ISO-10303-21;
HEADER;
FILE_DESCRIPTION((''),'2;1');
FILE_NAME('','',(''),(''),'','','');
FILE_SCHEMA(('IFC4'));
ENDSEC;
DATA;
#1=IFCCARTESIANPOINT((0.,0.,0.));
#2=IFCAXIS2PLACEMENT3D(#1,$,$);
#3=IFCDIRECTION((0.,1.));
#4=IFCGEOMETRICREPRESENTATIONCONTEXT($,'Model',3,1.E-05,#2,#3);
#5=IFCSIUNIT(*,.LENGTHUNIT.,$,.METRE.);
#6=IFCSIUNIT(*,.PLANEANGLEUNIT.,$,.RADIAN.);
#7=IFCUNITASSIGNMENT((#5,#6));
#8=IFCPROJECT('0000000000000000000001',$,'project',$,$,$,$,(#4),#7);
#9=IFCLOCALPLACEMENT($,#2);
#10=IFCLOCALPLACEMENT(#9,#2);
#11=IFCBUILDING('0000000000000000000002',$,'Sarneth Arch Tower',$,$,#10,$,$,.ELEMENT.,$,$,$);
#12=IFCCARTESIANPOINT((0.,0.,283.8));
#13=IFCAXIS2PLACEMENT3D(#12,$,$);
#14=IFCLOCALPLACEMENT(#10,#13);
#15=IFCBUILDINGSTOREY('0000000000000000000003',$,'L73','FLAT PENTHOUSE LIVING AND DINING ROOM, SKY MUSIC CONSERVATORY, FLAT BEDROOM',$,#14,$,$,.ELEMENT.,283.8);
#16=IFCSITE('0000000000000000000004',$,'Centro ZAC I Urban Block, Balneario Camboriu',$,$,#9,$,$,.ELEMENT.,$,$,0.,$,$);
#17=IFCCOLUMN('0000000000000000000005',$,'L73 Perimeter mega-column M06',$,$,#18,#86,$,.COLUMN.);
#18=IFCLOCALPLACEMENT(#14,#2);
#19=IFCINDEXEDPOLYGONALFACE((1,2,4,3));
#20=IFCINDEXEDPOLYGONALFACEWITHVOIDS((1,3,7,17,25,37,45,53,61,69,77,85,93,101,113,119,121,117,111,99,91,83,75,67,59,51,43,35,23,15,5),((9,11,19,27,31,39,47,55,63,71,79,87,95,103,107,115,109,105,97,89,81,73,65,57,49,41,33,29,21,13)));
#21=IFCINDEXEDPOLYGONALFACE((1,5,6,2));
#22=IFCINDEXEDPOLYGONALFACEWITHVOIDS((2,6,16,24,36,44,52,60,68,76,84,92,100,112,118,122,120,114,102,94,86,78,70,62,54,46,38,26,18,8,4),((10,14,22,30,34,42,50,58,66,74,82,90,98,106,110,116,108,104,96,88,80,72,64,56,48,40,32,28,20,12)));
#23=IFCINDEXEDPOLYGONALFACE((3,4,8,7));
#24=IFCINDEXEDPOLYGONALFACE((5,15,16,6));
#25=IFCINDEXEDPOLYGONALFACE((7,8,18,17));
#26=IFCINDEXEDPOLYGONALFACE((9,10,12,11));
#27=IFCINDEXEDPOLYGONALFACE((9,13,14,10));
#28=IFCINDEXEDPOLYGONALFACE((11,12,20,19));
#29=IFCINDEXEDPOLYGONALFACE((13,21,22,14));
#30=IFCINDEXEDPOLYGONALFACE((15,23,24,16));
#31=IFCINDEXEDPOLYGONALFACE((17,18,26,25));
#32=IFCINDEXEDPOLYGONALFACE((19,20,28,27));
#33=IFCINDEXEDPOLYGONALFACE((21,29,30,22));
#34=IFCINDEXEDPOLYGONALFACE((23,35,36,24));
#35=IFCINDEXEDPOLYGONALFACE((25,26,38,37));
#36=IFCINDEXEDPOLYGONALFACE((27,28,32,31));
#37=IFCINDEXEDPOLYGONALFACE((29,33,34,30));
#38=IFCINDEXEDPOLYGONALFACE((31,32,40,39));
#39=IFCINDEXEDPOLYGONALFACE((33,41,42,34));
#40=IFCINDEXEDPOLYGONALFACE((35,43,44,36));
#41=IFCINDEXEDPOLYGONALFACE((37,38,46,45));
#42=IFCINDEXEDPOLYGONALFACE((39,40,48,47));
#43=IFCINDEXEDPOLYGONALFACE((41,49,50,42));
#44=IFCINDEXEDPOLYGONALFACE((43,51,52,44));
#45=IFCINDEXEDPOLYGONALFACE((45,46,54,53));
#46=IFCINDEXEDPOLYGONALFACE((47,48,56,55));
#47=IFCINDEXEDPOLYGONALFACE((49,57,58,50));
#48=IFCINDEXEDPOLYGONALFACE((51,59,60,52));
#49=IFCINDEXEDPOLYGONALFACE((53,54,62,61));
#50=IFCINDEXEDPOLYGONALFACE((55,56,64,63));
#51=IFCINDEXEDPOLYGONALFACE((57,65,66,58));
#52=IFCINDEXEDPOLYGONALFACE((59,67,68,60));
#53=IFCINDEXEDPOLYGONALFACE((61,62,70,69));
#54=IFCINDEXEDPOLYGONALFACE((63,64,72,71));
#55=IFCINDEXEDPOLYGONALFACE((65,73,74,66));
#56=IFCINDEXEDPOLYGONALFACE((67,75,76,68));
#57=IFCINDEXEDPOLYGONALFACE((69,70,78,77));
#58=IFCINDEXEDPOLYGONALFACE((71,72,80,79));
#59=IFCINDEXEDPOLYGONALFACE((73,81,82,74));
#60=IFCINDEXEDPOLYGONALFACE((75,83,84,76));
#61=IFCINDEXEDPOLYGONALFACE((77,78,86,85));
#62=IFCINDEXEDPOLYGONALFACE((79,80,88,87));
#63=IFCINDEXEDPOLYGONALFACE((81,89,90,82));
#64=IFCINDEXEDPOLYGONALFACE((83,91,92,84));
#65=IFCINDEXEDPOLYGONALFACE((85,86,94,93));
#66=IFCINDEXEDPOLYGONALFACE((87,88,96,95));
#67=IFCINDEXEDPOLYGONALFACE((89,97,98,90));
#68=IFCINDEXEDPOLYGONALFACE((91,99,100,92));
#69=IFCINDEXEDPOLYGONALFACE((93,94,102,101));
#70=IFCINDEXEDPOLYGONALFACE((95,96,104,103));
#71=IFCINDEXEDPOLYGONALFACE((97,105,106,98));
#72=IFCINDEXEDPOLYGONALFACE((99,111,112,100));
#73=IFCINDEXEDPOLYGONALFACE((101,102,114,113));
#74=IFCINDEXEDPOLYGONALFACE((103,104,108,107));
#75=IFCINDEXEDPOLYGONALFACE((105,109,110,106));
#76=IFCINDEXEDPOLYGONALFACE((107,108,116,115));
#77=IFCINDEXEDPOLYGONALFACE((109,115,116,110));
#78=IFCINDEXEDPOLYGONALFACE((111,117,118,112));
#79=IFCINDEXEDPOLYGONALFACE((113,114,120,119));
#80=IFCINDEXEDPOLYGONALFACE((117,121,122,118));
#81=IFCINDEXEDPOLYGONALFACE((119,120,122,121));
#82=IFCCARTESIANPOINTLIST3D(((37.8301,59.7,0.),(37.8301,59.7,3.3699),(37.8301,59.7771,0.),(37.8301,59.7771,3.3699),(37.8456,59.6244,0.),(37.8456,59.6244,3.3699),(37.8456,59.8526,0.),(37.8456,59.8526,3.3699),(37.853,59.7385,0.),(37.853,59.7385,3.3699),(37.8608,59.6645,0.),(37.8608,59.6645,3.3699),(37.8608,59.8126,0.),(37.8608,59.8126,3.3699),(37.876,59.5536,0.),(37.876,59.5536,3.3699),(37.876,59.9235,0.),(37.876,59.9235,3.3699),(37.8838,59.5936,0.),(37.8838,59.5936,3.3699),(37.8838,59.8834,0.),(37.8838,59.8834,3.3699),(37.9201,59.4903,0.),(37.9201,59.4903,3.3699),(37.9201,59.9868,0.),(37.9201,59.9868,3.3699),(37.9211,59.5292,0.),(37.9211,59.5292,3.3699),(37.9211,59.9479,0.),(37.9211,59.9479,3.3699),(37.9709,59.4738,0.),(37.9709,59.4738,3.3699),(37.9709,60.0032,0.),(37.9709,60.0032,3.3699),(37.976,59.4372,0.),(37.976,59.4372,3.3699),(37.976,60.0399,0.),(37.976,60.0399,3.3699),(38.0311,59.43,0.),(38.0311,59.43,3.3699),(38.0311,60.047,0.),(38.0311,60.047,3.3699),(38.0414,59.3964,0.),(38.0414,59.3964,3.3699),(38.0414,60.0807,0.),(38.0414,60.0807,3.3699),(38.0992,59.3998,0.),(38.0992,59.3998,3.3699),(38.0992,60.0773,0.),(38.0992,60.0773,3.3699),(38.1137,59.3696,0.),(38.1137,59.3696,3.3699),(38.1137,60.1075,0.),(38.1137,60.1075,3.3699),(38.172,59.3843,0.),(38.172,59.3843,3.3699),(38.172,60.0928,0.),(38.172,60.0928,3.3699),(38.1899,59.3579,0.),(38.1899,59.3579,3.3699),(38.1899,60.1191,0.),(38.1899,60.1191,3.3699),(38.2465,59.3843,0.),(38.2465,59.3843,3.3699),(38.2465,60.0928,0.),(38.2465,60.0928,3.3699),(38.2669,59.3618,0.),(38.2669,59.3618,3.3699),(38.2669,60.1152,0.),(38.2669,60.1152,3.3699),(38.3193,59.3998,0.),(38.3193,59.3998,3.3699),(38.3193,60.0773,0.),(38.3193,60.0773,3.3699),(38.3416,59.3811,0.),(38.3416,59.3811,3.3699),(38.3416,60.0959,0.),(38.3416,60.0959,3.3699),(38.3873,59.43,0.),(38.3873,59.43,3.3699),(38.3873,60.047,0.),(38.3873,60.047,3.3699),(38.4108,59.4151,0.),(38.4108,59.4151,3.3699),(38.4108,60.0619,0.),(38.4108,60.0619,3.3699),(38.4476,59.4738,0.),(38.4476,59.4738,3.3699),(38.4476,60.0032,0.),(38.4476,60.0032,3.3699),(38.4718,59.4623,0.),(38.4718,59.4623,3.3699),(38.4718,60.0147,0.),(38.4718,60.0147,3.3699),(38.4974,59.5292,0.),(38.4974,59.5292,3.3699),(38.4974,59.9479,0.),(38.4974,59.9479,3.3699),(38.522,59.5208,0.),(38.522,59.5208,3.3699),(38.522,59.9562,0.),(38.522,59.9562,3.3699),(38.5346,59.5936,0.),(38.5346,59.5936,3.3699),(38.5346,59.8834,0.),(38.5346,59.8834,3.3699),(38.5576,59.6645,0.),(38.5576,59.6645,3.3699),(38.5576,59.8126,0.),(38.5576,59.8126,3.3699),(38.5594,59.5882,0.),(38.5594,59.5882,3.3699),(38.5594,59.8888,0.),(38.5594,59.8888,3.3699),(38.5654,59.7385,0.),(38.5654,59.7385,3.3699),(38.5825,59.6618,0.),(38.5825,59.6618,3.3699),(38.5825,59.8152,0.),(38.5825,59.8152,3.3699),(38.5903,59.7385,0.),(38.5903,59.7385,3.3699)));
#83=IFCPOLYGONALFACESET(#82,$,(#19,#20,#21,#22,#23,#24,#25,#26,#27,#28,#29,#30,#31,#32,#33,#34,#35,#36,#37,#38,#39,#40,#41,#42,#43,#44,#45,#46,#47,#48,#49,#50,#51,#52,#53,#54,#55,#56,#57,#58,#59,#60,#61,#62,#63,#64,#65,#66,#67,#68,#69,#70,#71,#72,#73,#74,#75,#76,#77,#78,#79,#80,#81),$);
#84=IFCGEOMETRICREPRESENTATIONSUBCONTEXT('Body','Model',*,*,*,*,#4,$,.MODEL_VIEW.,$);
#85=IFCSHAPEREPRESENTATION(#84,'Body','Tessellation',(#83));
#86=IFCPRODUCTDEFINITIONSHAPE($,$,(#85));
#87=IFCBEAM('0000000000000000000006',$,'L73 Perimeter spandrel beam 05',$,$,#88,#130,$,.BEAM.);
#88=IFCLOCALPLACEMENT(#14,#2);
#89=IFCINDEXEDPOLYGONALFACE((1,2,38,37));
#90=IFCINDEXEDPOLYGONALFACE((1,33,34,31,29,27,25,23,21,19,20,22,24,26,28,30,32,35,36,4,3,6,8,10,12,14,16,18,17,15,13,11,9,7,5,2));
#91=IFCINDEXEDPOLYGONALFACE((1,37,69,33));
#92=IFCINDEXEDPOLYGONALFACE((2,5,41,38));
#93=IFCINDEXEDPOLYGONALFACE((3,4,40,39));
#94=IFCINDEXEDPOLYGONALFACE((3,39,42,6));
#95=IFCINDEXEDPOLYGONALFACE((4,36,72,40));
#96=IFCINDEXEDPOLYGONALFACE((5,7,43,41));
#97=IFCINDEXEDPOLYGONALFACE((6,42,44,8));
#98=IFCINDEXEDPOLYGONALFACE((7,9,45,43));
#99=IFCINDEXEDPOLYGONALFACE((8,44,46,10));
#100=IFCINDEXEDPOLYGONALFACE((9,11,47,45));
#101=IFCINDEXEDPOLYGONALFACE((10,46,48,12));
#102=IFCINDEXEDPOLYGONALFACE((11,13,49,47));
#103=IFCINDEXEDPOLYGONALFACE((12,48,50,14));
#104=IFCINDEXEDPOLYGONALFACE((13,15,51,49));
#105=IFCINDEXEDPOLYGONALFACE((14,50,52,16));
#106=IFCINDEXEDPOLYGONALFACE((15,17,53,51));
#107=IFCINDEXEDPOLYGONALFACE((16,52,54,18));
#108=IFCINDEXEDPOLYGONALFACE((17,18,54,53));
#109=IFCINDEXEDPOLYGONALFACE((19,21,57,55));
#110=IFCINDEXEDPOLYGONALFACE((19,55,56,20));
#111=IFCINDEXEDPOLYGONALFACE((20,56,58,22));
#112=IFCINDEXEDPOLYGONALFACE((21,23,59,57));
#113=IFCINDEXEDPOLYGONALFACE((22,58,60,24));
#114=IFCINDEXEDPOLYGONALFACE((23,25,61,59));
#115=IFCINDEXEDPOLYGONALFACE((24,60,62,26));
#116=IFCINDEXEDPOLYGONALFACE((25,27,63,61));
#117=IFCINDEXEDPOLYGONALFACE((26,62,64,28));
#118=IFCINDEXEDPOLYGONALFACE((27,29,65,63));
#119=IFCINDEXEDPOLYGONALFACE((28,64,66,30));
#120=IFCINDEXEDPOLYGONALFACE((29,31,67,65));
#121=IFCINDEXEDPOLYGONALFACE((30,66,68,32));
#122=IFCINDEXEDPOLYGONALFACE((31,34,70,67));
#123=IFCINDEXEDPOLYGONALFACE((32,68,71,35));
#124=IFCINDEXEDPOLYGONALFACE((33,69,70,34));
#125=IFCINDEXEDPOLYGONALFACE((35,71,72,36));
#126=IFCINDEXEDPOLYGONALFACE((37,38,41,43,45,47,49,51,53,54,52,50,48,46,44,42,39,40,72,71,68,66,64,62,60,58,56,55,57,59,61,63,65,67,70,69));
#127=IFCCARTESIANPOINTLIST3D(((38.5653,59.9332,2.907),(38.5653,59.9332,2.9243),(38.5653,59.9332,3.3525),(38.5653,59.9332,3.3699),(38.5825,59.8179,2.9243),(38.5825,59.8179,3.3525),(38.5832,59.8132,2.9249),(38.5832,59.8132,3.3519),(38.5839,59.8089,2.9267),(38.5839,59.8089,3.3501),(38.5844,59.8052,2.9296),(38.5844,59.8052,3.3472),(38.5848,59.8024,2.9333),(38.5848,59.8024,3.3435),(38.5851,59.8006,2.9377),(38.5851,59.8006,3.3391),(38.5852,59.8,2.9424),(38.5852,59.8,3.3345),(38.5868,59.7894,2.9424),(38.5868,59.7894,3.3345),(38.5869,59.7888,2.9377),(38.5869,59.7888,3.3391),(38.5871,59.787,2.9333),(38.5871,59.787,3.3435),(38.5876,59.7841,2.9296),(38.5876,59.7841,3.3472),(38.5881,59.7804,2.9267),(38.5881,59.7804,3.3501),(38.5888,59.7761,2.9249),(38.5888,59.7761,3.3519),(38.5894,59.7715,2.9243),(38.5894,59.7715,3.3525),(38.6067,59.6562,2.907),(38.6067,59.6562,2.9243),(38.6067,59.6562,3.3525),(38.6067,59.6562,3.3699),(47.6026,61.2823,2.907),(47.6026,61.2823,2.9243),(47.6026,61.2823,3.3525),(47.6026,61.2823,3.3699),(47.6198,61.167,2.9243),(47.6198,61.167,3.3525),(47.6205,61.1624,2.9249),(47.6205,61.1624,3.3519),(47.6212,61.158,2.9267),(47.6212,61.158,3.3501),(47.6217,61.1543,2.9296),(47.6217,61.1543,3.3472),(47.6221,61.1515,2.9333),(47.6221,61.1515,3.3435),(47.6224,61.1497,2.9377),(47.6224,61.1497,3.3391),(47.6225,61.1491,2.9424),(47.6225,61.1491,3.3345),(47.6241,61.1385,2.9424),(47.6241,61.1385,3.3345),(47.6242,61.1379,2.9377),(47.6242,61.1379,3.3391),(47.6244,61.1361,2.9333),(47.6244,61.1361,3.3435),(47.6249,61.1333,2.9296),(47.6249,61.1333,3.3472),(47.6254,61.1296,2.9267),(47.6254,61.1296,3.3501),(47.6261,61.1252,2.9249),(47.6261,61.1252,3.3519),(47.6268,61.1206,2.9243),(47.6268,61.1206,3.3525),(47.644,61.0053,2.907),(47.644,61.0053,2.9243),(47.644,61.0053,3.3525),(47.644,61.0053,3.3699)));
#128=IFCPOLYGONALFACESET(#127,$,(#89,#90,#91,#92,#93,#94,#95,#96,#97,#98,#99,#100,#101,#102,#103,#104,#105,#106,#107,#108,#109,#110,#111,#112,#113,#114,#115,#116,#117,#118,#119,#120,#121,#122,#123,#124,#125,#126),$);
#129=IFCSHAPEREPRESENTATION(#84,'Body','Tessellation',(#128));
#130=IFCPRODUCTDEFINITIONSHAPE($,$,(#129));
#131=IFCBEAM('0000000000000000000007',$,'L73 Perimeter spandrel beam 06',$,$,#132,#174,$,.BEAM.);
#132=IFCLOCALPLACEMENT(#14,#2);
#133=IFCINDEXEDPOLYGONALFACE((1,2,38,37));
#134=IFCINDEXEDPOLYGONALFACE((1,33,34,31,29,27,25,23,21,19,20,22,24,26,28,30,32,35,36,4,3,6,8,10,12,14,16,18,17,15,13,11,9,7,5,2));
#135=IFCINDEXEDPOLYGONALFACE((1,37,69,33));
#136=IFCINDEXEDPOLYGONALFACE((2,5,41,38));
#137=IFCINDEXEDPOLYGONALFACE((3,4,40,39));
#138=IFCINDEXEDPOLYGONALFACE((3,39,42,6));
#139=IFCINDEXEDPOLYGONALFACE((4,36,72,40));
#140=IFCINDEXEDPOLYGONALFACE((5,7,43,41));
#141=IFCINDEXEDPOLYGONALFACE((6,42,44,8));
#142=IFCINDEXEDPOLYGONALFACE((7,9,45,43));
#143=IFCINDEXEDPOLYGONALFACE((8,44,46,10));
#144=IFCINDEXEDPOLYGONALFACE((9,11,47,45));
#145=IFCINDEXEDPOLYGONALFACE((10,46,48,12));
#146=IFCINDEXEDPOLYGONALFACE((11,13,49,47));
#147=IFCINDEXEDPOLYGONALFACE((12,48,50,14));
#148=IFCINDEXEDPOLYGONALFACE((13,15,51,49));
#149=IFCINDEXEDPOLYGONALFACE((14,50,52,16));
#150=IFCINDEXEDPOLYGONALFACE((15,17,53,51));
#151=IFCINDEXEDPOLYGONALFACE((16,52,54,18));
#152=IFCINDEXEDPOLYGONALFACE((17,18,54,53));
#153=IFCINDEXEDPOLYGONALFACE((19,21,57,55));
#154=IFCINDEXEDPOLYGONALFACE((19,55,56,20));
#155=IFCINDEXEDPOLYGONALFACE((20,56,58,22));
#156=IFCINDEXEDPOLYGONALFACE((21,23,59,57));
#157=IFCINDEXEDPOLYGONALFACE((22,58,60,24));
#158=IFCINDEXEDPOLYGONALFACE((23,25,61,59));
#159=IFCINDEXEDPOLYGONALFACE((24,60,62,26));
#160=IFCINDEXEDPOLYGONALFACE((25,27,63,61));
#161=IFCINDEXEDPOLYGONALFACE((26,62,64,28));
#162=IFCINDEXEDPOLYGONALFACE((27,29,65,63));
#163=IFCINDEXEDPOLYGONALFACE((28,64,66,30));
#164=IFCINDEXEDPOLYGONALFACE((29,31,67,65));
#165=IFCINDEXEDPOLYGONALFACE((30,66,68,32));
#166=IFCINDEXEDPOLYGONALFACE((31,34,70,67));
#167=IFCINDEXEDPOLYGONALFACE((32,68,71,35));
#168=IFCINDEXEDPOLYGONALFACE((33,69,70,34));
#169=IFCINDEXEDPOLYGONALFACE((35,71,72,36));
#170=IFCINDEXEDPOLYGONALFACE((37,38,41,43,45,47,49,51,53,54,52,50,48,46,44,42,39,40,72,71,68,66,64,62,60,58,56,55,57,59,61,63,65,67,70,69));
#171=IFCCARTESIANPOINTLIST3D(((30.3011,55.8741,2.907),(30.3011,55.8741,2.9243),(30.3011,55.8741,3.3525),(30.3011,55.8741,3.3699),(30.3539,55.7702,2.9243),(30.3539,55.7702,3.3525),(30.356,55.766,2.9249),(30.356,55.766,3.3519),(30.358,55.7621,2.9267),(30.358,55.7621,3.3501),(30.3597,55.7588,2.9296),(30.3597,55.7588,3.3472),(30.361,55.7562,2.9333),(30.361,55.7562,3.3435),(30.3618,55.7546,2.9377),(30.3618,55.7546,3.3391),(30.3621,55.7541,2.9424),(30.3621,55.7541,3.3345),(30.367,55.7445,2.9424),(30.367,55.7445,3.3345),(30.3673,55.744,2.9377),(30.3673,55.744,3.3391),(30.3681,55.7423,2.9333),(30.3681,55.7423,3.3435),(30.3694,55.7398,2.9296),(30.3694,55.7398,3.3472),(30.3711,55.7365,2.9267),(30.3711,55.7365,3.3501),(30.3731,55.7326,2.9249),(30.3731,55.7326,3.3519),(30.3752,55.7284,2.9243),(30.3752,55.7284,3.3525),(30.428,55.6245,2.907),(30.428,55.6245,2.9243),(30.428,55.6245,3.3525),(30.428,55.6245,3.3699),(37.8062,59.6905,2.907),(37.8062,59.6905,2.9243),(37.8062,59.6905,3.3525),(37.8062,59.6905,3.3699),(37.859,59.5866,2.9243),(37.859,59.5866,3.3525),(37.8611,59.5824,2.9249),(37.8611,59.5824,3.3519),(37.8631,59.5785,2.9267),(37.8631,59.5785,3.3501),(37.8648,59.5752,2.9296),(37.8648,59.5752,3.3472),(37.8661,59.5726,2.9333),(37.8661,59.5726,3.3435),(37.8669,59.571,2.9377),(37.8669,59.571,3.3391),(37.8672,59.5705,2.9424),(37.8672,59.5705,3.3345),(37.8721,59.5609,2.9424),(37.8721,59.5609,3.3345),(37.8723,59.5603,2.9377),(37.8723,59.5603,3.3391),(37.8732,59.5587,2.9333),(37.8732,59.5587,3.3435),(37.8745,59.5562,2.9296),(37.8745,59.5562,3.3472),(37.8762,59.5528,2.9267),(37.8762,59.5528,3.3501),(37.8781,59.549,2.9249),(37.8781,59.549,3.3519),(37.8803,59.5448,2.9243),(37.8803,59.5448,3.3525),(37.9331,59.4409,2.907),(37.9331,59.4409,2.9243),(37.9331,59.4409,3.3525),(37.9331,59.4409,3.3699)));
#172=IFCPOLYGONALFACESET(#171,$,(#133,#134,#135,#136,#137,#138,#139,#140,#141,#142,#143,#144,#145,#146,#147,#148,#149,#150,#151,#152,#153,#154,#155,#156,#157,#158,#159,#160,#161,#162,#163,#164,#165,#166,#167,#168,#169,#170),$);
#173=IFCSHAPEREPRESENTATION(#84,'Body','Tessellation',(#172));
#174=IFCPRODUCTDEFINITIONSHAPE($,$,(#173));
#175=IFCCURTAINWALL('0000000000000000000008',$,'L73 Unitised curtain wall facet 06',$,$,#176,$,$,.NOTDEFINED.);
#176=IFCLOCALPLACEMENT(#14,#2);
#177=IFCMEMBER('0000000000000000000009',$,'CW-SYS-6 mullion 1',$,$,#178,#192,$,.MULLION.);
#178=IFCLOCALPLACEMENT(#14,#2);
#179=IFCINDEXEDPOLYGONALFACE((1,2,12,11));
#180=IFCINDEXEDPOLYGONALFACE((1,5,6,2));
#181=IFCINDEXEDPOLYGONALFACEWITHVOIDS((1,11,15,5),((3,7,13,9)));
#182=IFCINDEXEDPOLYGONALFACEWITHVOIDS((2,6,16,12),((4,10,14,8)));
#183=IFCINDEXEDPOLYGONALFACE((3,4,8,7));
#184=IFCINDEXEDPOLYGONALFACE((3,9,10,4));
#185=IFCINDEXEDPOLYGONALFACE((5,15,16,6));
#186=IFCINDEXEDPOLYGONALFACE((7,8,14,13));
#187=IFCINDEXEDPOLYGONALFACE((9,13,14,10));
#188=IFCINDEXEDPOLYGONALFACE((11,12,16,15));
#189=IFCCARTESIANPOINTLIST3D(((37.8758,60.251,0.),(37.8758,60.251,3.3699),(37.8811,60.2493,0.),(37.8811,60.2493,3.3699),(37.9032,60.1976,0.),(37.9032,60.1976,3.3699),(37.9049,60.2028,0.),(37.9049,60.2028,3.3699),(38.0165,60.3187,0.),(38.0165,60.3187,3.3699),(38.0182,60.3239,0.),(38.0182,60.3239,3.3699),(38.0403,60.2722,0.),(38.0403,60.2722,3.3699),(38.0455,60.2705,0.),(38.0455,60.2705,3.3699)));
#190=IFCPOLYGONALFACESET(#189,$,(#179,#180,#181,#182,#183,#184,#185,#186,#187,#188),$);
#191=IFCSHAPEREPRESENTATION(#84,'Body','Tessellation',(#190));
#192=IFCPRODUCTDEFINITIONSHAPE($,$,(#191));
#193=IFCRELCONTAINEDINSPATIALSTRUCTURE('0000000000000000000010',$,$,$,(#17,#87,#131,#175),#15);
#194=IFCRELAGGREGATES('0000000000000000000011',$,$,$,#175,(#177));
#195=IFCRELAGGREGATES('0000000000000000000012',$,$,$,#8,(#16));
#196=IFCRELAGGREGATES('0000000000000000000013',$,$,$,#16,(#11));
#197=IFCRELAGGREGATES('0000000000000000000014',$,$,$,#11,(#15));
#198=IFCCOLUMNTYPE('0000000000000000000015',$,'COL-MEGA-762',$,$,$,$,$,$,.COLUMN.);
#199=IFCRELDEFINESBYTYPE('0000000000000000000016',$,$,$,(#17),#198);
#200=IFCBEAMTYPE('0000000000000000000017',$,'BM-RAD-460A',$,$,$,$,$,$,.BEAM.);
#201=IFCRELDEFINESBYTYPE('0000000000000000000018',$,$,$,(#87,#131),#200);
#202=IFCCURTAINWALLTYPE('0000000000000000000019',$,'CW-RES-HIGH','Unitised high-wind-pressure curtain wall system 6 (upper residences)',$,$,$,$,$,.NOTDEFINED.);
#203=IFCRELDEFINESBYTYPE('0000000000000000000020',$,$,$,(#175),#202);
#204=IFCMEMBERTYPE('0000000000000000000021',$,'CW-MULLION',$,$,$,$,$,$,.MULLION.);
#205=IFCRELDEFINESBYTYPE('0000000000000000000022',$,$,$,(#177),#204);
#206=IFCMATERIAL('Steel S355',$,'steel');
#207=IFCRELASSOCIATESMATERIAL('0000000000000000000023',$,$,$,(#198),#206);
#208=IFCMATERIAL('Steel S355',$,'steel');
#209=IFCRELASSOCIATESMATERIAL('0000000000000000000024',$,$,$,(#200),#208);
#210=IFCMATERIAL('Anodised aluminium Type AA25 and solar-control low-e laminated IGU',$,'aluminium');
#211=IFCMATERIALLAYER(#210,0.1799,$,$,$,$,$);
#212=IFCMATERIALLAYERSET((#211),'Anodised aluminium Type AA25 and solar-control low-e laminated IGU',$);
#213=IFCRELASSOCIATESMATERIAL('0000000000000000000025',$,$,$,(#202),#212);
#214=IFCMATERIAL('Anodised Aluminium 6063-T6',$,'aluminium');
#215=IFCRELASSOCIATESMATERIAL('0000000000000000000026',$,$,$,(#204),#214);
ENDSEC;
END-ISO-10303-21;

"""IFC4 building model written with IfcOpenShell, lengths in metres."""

from ifc_helpers import new_model, si_unit, direction, frame, origin, origin_2d, place, context, subcontext, project, spatial, hollow_rectangle, hollow_circle, i_section, extrude, material, layer, layer_set, material_profile, profile_set, type_object, element, aggregate, save


model = new_model("IFC4")

# Units and contexts
model_context = context("Model", 3, precision=1e-05, world=origin(), true_north=direction((0.0, 1.0)))
body_context = subcontext(model_context, "Body", "Model", "MODEL_VIEW")
ifc_project = project(units=[si_unit("LENGTHUNIT", "METRE"), si_unit("PLANEANGLEUNIT", "RADIAN")], contexts=[model_context])

# Site, building, storey
site_placement = place(None, origin())
site = spatial("IfcSite", under=ifc_project, at=site_placement, Name="Centro ZAC I Urban Block, Balneario Camboriu", CompositionType="ELEMENT", RefElevation=0.0)
building_placement = place(site_placement, origin())
building = spatial("IfcBuilding", under=site, at=building_placement, Name="Sarneth Arch Tower", CompositionType="ELEMENT")
storey_placement = place(building_placement, frame((0.0, 0.0, 283.8)))
storey = spatial("IfcBuildingStorey", under=building, at=storey_placement, Name="L73", Description="FLAT PENTHOUSE LIVING AND DINING ROOM, SKY MUSIC CONSERVATORY, FLAT BEDROOM", CompositionType="ELEMENT", Elevation=283.8)

# Column
ifc_material_1 = material(Name="Steel S355", Category="steel")
ifc_material_profile_1 = material_profile(ifc_material_1, hollow_circle(Radius=0.3811, WallThickness=0.0249, at=origin_2d()), Name="CHS762x25")
ifc_profile_set_1 = profile_set([ifc_material_profile_1], Name="Steel S355")
column_type = type_object("IfcColumnType", Name="COL-MEGA-762", PredefinedType="COLUMN", material=ifc_profile_set_1)
column_placement = place(storey_placement, frame((38.2092, 59.7385, 0.0), z_axis=(0.0, 0.0, 1.0), x_axis=(1.0, 0.0, 0.0)))
element("IfcColumn", 1, at=column_placement, inside=storey, type_object=column_type, Name="L73 Perimeter mega-column M06", PredefinedType="COLUMN", context=body_context, shape_type="SweptSolid", body=[
    extrude(hollow_circle(Radius=0.3811, WallThickness=0.0249, at=origin_2d()), origin(), (0.0, 0.0, 1.0), 3.3699),
])

# Beams
ifc_material_2 = material(Name="Steel S355", Category="steel")
ifc_material_profile_2 = material_profile(ifc_material_2, i_section(OverallWidth=0.28, OverallDepth=0.4629, WebThickness=0.0107, FlangeThickness=0.0173, FilletRadius=0.0181, at=origin_2d()), Name="W460x113")
ifc_profile_set_2 = profile_set([ifc_material_profile_2], Name="Steel S355")
beam_type = type_object("IfcBeamType", Name="BM-RAD-460A", PredefinedType="BEAM", material=ifc_profile_set_2)
beam_1_placement = place(storey_placement, frame((47.6233, 61.1438, 3.1384), z_axis=(-0.98904, -0.147647, 0.0), x_axis=(0.147647, -0.98904, 0.0)))
element("IfcBeam", 2, at=beam_1_placement, inside=storey, type_object=beam_type, Name="L73 Perimeter spandrel beam 05", PredefinedType="BEAM", context=body_context, shape_type="SweptSolid", body=[
    extrude(i_section(OverallWidth=0.28, OverallDepth=0.4629, WebThickness=0.0107, FlangeThickness=0.0173, FilletRadius=0.0181, at=origin_2d()), origin(), (0.0, 0.0, 1.0), 9.1375),
])
beam_2_placement = place(storey_placement, frame((37.8696, 59.5657, 3.1384), z_axis=(-0.891374, -0.453269, 0.0), x_axis=(0.453269, -0.891374, 0.0)))
element("IfcBeam", 3, at=beam_2_placement, inside=storey, type_object=beam_type, Name="L73 Perimeter spandrel beam 06", PredefinedType="BEAM", context=body_context, shape_type="SweptSolid", body=[
    extrude(i_section(OverallWidth=0.28, OverallDepth=0.4629, WebThickness=0.0107, FlangeThickness=0.0173, FilletRadius=0.0181, at=origin_2d()), origin(), (0.0, 0.0, 1.0), 8.4197),
])

# Curtain wall, member
ifc_material_3 = material(Name="Anodised aluminium Type AA25 and solar-control low-e laminated IGU", Category="aluminium")
ifc_layer_1 = layer(ifc_material_3, 0.1799)
ifc_layer_set_1 = layer_set([ifc_layer_1], Name="Anodised aluminium Type AA25 and solar-control low-e laminated IGU")
curtain_wall_type = type_object("IfcCurtainWallType", Name="CW-RES-HIGH", Description="Unitised high-wind-pressure curtain wall system 6 (upper residences)", PredefinedType="NOTDEFINED", material=ifc_layer_set_1)
curtain_wall_placement = place(storey_placement, origin())
curtain_wall = element("IfcCurtainWall", 4, at=curtain_wall_placement, inside=storey, type_object=curtain_wall_type, Name="L73 Unitised curtain wall facet 06", PredefinedType="NOTDEFINED")
ifc_material_4 = material(Name="Anodised Aluminium 6063-T6", Category="aluminium")
ifc_material_profile_3 = material_profile(ifc_material_4, hollow_rectangle(XDim=0.0601, YDim=0.1599, WallThickness=0.0039, at=origin_2d()), Name="AL-MULL-160x60x4")
ifc_profile_set_3 = profile_set([ifc_material_profile_3], Name="Anodised Aluminium 6063-T6")
member_type_1 = type_object("IfcMemberType", Name="CW-MULLION", PredefinedType="MULLION", material=ifc_profile_set_3)
member_1_placement = place(storey_placement, frame((37.9607, 60.2607, 0.0), z_axis=(0.0, 0.0, 1.0), x_axis=(0.455942, -0.89001, 0.0)))
member_1 = element("IfcMember", 5, at=member_1_placement, type_object=member_type_1, Name="CW-SYS-6 mullion 1", PredefinedType="MULLION", context=body_context, shape_type="SweptSolid", body=[
    extrude(hollow_rectangle(XDim=0.0601, YDim=0.1599, WallThickness=0.0039, at=origin_2d()), origin(), (0.0, 0.0, 1.0), 3.3699),
])
aggregate(curtain_wall, [member_1])

save(model, "model.ifc")
